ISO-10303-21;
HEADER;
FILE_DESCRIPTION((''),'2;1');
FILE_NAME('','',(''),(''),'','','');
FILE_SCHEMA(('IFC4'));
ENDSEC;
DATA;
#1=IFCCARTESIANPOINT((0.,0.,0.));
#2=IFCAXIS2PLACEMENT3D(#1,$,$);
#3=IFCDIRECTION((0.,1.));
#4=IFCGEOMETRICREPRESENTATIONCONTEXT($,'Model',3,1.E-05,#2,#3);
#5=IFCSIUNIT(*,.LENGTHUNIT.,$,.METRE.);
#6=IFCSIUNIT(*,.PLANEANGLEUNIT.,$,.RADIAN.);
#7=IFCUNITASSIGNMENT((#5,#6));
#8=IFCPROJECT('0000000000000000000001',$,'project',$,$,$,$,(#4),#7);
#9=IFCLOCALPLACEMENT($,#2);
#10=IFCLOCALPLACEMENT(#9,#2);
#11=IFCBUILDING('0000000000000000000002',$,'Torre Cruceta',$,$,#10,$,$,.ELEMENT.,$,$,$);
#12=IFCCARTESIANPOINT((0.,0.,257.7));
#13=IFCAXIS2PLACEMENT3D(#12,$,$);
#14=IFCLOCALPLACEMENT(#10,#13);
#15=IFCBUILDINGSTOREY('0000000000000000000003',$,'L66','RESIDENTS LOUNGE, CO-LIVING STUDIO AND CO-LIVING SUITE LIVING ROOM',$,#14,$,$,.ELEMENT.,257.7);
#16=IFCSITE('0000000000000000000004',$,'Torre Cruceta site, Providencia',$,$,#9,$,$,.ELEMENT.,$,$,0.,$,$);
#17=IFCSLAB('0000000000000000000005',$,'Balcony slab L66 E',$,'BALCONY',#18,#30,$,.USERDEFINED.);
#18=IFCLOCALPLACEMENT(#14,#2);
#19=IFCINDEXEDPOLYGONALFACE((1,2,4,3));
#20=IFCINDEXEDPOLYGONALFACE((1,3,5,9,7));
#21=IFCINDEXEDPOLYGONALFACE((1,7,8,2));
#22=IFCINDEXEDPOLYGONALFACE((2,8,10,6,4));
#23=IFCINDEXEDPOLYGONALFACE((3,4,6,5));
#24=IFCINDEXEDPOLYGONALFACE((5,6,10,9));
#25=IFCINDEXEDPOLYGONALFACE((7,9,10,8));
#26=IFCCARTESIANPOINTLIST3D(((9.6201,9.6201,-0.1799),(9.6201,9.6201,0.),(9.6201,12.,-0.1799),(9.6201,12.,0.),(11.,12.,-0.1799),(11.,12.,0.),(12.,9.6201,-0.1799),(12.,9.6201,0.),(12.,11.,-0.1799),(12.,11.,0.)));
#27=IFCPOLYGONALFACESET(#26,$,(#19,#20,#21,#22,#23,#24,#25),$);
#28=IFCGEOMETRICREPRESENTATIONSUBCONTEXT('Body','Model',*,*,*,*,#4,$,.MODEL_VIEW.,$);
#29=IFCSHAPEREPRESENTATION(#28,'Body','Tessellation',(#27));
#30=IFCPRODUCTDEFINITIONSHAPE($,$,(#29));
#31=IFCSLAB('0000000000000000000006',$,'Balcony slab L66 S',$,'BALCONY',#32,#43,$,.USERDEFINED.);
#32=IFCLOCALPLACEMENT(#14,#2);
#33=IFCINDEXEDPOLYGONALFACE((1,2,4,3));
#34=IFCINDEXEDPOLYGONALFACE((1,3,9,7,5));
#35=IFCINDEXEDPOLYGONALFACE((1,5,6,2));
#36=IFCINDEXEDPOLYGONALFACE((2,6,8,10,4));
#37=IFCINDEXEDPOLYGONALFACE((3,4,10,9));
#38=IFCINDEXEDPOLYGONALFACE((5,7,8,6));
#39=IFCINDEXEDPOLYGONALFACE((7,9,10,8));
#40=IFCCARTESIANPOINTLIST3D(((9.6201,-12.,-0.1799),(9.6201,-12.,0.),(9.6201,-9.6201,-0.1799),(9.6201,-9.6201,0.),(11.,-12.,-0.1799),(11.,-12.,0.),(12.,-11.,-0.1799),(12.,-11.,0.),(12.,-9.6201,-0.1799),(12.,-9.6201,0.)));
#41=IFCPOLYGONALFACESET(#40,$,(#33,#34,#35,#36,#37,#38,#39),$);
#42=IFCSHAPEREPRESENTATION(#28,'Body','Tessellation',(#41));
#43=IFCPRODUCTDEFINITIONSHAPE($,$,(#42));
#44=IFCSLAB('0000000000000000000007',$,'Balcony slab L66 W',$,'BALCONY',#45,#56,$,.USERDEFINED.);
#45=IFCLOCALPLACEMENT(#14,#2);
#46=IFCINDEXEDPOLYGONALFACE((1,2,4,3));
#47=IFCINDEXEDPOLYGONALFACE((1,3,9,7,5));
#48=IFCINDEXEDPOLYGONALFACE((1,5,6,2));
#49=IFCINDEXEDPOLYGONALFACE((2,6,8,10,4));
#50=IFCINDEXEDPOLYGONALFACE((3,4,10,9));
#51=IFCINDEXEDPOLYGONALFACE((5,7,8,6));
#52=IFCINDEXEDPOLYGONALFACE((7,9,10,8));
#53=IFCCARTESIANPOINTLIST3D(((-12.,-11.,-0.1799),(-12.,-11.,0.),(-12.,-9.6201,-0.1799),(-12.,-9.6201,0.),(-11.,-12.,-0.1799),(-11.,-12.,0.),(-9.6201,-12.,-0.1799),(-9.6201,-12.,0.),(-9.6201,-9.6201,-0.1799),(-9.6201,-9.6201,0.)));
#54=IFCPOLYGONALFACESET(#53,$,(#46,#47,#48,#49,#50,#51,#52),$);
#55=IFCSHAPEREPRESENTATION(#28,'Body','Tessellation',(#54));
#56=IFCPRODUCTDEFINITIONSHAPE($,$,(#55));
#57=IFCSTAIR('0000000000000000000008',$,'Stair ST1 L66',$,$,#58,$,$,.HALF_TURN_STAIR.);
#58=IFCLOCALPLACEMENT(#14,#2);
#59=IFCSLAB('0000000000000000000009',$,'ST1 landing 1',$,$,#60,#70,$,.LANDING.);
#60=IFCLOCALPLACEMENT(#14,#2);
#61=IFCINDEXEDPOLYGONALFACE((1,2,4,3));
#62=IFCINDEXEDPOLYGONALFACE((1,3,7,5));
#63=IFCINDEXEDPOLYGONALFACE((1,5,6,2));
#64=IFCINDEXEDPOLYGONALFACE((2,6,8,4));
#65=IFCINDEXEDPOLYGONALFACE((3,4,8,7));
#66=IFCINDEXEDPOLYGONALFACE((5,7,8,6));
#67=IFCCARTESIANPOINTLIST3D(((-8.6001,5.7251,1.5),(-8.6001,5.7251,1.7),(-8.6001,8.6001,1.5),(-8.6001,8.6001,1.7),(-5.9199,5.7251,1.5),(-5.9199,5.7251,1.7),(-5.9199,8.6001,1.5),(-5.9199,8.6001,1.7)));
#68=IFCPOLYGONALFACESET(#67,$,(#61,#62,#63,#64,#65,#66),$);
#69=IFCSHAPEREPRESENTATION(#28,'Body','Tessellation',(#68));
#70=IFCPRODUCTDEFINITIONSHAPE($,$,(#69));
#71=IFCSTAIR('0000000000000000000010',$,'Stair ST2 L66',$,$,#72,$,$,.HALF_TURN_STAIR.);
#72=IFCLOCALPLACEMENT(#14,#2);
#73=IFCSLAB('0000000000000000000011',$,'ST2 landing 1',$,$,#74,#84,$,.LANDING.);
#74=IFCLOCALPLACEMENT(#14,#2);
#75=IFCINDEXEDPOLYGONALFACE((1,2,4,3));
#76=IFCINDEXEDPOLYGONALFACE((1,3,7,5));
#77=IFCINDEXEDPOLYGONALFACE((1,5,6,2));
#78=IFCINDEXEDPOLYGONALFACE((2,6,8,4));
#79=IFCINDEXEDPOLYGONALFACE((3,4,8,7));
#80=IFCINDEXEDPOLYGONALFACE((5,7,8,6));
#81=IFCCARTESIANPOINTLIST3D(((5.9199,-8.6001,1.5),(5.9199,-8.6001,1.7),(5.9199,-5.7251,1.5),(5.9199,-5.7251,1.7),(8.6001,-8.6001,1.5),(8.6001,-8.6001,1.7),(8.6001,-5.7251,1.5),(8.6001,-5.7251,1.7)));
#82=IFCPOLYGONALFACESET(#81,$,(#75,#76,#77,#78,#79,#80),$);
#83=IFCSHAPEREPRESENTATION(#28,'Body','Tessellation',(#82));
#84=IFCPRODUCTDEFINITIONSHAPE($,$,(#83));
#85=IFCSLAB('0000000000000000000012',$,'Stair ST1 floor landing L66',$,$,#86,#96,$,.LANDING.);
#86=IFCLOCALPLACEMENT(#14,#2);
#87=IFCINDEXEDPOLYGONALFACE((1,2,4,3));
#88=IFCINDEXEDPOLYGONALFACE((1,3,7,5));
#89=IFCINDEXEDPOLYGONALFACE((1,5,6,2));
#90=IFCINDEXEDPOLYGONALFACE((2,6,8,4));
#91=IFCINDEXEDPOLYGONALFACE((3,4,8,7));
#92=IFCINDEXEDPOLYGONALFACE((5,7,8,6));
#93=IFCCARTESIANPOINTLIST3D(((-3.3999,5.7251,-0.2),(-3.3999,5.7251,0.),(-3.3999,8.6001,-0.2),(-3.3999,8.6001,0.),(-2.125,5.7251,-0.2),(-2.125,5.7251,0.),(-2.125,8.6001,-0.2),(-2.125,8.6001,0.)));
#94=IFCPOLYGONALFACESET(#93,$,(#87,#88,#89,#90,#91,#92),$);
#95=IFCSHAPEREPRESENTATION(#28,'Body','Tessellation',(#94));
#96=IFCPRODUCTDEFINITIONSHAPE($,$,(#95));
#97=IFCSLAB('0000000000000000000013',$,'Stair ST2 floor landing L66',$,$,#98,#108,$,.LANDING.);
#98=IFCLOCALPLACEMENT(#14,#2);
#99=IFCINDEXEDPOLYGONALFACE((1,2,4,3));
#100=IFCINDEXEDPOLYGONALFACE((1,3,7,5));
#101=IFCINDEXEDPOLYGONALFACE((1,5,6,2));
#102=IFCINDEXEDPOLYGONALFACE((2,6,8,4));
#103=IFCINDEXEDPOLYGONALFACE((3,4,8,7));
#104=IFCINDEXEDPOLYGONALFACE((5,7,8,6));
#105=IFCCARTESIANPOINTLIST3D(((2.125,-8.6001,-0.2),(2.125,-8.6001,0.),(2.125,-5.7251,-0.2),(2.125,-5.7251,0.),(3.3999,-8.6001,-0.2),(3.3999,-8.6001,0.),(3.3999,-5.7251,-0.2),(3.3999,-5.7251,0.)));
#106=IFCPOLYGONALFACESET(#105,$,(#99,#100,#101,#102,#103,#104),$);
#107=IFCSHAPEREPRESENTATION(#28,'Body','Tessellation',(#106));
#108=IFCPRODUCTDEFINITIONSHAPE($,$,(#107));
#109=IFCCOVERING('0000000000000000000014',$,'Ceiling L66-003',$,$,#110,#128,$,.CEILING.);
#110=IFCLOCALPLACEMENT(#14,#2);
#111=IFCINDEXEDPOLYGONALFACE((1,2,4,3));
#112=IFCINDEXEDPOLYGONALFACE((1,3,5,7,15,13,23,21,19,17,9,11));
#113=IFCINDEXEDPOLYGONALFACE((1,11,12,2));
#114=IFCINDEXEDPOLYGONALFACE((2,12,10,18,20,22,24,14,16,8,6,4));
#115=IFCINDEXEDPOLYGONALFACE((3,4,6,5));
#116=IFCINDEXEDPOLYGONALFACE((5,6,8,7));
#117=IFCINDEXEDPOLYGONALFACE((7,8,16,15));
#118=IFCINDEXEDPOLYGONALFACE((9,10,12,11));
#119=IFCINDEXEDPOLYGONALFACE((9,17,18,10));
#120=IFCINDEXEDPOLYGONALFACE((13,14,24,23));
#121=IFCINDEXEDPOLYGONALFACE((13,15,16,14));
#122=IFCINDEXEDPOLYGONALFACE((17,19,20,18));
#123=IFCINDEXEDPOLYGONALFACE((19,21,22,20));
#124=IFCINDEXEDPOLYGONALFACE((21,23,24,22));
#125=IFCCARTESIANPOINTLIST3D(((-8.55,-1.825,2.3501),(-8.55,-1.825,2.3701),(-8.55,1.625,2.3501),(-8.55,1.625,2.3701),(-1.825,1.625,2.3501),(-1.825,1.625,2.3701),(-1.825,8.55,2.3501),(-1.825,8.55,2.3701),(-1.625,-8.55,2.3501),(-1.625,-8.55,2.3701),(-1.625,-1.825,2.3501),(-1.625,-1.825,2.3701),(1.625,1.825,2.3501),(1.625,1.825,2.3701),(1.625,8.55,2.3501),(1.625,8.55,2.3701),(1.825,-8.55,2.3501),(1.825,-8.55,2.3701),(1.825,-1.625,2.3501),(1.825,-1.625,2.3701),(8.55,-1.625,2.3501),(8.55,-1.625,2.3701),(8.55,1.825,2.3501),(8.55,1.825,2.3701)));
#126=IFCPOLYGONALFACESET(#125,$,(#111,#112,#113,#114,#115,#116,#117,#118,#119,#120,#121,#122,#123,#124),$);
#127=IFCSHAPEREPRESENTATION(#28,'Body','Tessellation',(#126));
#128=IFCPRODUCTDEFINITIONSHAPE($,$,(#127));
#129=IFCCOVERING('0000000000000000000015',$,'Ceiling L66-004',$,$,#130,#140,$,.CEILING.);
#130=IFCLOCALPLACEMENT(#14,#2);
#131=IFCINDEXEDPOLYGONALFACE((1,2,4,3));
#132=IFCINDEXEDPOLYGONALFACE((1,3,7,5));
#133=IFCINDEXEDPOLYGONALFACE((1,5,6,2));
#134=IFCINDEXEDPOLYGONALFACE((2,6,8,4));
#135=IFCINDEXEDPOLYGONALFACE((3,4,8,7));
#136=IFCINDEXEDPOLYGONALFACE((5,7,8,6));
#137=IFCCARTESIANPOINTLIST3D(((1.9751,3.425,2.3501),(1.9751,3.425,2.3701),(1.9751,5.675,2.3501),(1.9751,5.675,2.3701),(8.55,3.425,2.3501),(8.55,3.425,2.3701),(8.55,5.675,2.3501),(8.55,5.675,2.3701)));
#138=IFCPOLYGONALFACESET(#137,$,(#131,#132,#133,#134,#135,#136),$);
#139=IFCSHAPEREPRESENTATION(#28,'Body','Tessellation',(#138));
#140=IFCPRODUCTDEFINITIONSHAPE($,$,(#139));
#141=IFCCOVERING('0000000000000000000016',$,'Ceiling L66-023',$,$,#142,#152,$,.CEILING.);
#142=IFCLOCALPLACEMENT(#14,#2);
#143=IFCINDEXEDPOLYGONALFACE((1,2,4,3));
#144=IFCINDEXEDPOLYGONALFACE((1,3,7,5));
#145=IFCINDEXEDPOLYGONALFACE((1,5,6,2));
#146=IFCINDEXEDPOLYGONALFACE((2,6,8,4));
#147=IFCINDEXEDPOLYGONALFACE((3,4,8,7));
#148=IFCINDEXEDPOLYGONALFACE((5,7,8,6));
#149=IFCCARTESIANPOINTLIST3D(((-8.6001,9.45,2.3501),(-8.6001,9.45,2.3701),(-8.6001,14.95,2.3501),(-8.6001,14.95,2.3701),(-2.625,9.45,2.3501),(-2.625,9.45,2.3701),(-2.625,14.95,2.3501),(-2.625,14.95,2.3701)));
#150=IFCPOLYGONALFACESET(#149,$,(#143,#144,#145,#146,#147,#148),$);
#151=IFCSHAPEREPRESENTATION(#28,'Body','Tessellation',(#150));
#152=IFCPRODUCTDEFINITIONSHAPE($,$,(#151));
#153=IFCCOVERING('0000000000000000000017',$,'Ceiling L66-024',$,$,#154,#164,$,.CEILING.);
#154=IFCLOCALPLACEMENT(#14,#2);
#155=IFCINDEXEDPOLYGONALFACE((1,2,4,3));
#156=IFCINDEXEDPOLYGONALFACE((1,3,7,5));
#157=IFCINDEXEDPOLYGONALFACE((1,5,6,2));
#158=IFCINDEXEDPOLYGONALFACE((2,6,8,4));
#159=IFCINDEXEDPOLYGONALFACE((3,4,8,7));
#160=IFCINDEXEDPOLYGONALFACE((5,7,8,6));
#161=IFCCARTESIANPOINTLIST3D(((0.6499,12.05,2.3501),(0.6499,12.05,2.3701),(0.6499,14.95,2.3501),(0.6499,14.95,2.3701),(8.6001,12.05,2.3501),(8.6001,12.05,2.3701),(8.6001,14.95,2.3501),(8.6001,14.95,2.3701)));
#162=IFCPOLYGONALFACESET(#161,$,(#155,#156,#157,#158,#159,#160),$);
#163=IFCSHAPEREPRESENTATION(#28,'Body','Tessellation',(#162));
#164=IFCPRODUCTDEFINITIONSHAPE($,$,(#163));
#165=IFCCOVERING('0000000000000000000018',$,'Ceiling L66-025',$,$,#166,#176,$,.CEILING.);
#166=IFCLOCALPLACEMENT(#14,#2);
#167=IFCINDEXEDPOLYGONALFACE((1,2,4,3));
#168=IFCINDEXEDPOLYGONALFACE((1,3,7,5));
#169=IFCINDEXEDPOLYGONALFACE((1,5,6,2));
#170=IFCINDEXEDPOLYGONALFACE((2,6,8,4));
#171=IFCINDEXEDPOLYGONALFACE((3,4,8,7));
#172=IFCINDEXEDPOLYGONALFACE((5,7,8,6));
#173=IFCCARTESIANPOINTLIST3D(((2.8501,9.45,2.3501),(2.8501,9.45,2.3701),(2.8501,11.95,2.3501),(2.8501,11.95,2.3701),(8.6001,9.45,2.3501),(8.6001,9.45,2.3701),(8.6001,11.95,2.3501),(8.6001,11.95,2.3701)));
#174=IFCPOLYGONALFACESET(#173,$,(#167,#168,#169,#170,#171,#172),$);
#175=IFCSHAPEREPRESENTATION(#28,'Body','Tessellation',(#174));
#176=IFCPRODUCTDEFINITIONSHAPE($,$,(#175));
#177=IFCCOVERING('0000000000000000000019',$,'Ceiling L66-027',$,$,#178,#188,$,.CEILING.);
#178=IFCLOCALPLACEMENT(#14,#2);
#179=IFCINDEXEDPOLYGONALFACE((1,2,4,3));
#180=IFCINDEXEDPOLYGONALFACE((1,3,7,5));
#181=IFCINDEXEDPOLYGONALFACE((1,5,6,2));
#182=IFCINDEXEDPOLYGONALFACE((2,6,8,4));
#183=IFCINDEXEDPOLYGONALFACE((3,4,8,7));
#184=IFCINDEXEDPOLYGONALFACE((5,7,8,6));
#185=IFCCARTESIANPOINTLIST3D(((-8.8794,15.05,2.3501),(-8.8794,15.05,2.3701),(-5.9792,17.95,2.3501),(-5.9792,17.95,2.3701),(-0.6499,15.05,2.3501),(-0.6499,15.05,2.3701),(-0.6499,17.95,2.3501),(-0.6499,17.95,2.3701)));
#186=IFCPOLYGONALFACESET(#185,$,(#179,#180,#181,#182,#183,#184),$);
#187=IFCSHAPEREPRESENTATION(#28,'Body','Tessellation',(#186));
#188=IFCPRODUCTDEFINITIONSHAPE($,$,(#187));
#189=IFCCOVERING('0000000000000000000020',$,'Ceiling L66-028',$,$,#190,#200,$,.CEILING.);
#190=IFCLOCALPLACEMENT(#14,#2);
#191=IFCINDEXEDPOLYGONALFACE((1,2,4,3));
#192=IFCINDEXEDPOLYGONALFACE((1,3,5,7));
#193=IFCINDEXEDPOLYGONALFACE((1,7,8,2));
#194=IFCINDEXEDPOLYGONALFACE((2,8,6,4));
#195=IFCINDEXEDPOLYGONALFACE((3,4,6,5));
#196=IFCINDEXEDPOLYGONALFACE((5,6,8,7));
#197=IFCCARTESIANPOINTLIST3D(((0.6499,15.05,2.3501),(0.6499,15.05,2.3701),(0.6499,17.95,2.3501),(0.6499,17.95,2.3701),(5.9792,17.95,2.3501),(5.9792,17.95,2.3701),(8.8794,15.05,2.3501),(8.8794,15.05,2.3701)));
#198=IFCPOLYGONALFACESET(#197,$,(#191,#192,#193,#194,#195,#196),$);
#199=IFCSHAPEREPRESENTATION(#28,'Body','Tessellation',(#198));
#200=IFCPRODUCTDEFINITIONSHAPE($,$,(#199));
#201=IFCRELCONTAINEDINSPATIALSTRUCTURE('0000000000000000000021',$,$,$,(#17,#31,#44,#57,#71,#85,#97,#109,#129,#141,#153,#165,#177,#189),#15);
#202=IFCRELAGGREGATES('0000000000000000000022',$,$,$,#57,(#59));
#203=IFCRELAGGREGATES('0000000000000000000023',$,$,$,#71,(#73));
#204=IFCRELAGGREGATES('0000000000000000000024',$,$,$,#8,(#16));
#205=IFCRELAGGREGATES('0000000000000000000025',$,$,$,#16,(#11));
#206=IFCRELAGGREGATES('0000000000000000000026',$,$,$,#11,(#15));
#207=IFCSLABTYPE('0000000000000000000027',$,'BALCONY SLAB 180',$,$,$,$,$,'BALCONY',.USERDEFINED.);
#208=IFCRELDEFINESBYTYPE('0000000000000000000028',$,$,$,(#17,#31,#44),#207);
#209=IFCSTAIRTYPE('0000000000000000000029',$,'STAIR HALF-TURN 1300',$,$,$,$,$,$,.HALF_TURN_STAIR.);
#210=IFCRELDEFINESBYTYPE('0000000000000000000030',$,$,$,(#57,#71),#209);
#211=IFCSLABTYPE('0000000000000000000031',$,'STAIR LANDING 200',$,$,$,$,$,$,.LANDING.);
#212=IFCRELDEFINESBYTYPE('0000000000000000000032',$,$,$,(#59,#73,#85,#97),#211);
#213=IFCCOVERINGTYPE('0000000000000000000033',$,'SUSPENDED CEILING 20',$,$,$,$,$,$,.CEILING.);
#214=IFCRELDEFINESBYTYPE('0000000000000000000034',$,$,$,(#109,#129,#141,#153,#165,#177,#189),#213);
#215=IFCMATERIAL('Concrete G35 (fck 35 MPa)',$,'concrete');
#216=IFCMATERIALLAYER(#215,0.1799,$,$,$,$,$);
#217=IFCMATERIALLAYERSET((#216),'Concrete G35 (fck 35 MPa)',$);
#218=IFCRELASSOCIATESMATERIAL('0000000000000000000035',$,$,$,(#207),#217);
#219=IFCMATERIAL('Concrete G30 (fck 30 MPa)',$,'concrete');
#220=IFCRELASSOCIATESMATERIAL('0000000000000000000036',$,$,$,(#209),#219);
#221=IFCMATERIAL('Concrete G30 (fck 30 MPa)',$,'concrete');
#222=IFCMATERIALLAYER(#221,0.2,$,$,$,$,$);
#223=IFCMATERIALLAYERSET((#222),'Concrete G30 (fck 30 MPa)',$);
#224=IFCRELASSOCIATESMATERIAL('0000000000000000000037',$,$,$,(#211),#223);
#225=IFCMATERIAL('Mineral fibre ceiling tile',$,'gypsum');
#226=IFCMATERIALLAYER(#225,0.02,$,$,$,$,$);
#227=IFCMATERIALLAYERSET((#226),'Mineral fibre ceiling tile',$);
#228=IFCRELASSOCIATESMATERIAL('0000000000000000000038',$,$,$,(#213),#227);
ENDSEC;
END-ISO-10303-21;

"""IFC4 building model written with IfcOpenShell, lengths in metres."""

from ifc_helpers import new_model, si_unit, direction, frame, origin, place, context, subcontext, project, spatial, polyline, outline, extrude, material, layer, layer_set, type_object, element, aggregate, save


model = new_model("IFC4")

# Units and contexts
model_context = context("Model", 3, precision=1e-05, world=origin(), true_north=direction((0.0, 1.0)))
body_context = subcontext(model_context, "Body", "Model", "MODEL_VIEW")
ifc_project = project(units=[si_unit("LENGTHUNIT", "METRE"), si_unit("PLANEANGLEUNIT", "RADIAN")], contexts=[model_context])

# Site, building, storey
site_placement = place(None, origin())
site = spatial("IfcSite", under=ifc_project, at=site_placement, Name="Torre Cruceta site, Providencia", CompositionType="ELEMENT", RefElevation=0.0)
building_placement = place(site_placement, origin())
building = spatial("IfcBuilding", under=site, at=building_placement, Name="Torre Cruceta", CompositionType="ELEMENT")
storey_placement = place(building_placement, frame((0.0, 0.0, 257.7)))
storey = spatial("IfcBuildingStorey", under=building, at=storey_placement, Name="L66", Description="RESIDENTS LOUNGE, CO-LIVING STUDIO AND CO-LIVING SUITE LIVING ROOM", CompositionType="ELEMENT", Elevation=257.7)

# Slabs
ifc_material_1 = material(Name="Concrete G35 (fck 35 MPa)", Category="concrete")
ifc_layer_1 = layer(ifc_material_1, 0.1799)
ifc_layer_set_1 = layer_set([ifc_layer_1], Name="Concrete G35 (fck 35 MPa)")
slab_type_1 = type_object("IfcSlabType", Name="BALCONY SLAB 180", ElementType="BALCONY", PredefinedType="USERDEFINED", material=ifc_layer_set_1)
slab_1_placement = place(storey_placement, frame((0.0, 0.0, -0.1799)))
element("IfcSlab", 1, at=slab_1_placement, inside=storey, type_object=slab_type_1, Name="Balcony slab L66 E", ObjectType="BALCONY", PredefinedType="USERDEFINED", context=body_context, shape_type="SweptSolid", body=[
    extrude(outline(polyline([(11.0, 12.0), (12.0, 11.0), (12.0, 9.6201), (9.6201, 9.6201), (9.6201, 12.0), (11.0, 12.0)])), origin(), (0.0, 0.0, 1.0), 0.1799),
])
slab_2_placement = place(storey_placement, frame((0.0, 0.0, -0.1799)))
element("IfcSlab", 2, at=slab_2_placement, inside=storey, type_object=slab_type_1, Name="Balcony slab L66 S", ObjectType="BALCONY", PredefinedType="USERDEFINED", context=body_context, shape_type="SweptSolid", body=[
    extrude(outline(polyline([(12.0, -11.0), (11.0, -12.0), (9.6201, -12.0), (9.6201, -9.6201), (12.0, -9.6201), (12.0, -11.0)])), origin(), (0.0, 0.0, 1.0), 0.1799),
])
slab_3_placement = place(storey_placement, frame((0.0, 0.0, -0.1799)))
element("IfcSlab", 3, at=slab_3_placement, inside=storey, type_object=slab_type_1, Name="Balcony slab L66 W", ObjectType="BALCONY", PredefinedType="USERDEFINED", context=body_context, shape_type="SweptSolid", body=[
    extrude(outline(polyline([(-11.0, -12.0), (-12.0, -11.0), (-12.0, -9.6201), (-9.6201, -9.6201), (-9.6201, -12.0), (-11.0, -12.0)])), origin(), (0.0, 0.0, 1.0), 0.1799),
])

# Stairs, slabs
ifc_material_2 = material(Name="Concrete G30 (fck 30 MPa)", Category="concrete")
stair_type = type_object("IfcStairType", Name="STAIR HALF-TURN 1300", PredefinedType="HALF_TURN_STAIR", material=ifc_material_2)
stair_1_placement = place(storey_placement, origin())
stair_1 = element("IfcStair", 4, at=stair_1_placement, inside=storey, type_object=stair_type, Name="Stair ST1 L66", PredefinedType="HALF_TURN_STAIR")
ifc_material_3 = material(Name="Concrete G30 (fck 30 MPa)", Category="concrete")
ifc_layer_2 = layer(ifc_material_3, 0.2)
ifc_layer_set_2 = layer_set([ifc_layer_2], Name="Concrete G30 (fck 30 MPa)")
slab_type_2 = type_object("IfcSlabType", Name="STAIR LANDING 200", PredefinedType="LANDING", material=ifc_layer_set_2)
slab_4_placement = place(storey_placement, frame((0.0, 0.0, 1.5)))
slab_4 = element("IfcSlab", 5, at=slab_4_placement, type_object=slab_type_2, Name="ST1 landing 1", PredefinedType="LANDING", context=body_context, shape_type="SweptSolid", body=[
    extrude(outline(polyline([(-8.6001, 5.7251), (-5.9199, 5.7251), (-5.9199, 8.6001), (-8.6001, 8.6001), (-8.6001, 5.7251)])), origin(), (0.0, 0.0, 1.0), 0.2),
])
aggregate(stair_1, [slab_4])
stair_2_placement = place(storey_placement, origin())
stair_2 = element("IfcStair", 6, at=stair_2_placement, inside=storey, type_object=stair_type, Name="Stair ST2 L66", PredefinedType="HALF_TURN_STAIR")
slab_5_placement = place(storey_placement, frame((0.0, 0.0, 1.5)))
slab_5 = element("IfcSlab", 7, at=slab_5_placement, type_object=slab_type_2, Name="ST2 landing 1", PredefinedType="LANDING", context=body_context, shape_type="SweptSolid", body=[
    extrude(outline(polyline([(5.9199, -8.6001), (8.6001, -8.6001), (8.6001, -5.7251), (5.9199, -5.7251), (5.9199, -8.6001)])), origin(), (0.0, 0.0, 1.0), 0.2),
])
aggregate(stair_2, [slab_5])

# Slabs
slab_6_placement = place(storey_placement, frame((0.0, 0.0, -0.2)))
element("IfcSlab", 8, at=slab_6_placement, inside=storey, type_object=slab_type_2, Name="Stair ST1 floor landing L66", PredefinedType="LANDING", context=body_context, shape_type="SweptSolid", body=[
    extrude(outline(polyline([(-2.125, 8.6001), (-2.125, 5.7251), (-3.3999, 5.7251), (-3.3999, 8.6001), (-2.125, 8.6001)])), origin(), (0.0, 0.0, 1.0), 0.2),
])
slab_7_placement = place(storey_placement, frame((0.0, 0.0, -0.2)))
element("IfcSlab", 9, at=slab_7_placement, inside=storey, type_object=slab_type_2, Name="Stair ST2 floor landing L66", PredefinedType="LANDING", context=body_context, shape_type="SweptSolid", body=[
    extrude(outline(polyline([(2.125, -8.6001), (2.125, -5.7251), (3.3999, -5.7251), (3.3999, -8.6001), (2.125, -8.6001)])), origin(), (0.0, 0.0, 1.0), 0.2),
])

# Coverings
ifc_material_4 = material(Name="Mineral fibre ceiling tile", Category="gypsum")
ifc_layer_3 = layer(ifc_material_4, 0.02)
ifc_layer_set_3 = layer_set([ifc_layer_3], Name="Mineral fibre ceiling tile")
covering_type = type_object("IfcCoveringType", Name="SUSPENDED CEILING 20", PredefinedType="CEILING", material=ifc_layer_set_3)
covering_1_placement = place(storey_placement, frame((0.0, 0.0, 2.3501)))
element("IfcCovering", 10, at=covering_1_placement, inside=storey, type_object=covering_type, Name="Ceiling L66-003", PredefinedType="CEILING", context=body_context, shape_type="SweptSolid", body=[
    extrude(outline(polyline([(-1.625, -8.55), (-1.625, -1.825), (-8.55, -1.825), (-8.55, 1.625), (-1.825, 1.625), (-1.825, 8.55), (1.625, 8.55), (1.625, 1.825), (8.55, 1.825), (8.55, -1.625), (1.825, -1.625), (1.825, -8.55), (-1.625, -8.55)])), origin(), (0.0, 0.0, 1.0), 0.02),
])
covering_2_placement = place(storey_placement, frame((0.0, 0.0, 2.3501)))
element("IfcCovering", 11, at=covering_2_placement, inside=storey, type_object=covering_type, Name="Ceiling L66-004", PredefinedType="CEILING", context=body_context, shape_type="SweptSolid", body=[
    extrude(outline(polyline([(1.9751, 3.425), (1.9751, 5.675), (8.55, 5.675), (8.55, 3.425), (1.9751, 3.425)])), origin(), (0.0, 0.0, 1.0), 0.02),
])
covering_3_placement = place(storey_placement, frame((0.0, 0.0, 2.3501)))
element("IfcCovering", 12, at=covering_3_placement, inside=storey, type_object=covering_type, Name="Ceiling L66-023", PredefinedType="CEILING", context=body_context, shape_type="SweptSolid", body=[
    extrude(outline(polyline([(-2.625, 9.45), (-8.6001, 9.45), (-8.6001, 14.95), (-2.625, 14.95), (-2.625, 9.45)])), origin(), (0.0, 0.0, 1.0), 0.02),
])
covering_4_placement = place(storey_placement, frame((0.0, 0.0, 2.3501)))
element("IfcCovering", 13, at=covering_4_placement, inside=storey, type_object=covering_type, Name="Ceiling L66-024", PredefinedType="CEILING", context=body_context, shape_type="SweptSolid", body=[
    extrude(outline(polyline([(8.6001, 14.95), (8.6001, 12.05), (0.6499, 12.05), (0.6499, 14.95), (8.6001, 14.95)])), origin(), (0.0, 0.0, 1.0), 0.02),
])
covering_5_placement = place(storey_placement, frame((0.0, 0.0, 2.3501)))
element("IfcCovering", 14, at=covering_5_placement, inside=storey, type_object=covering_type, Name="Ceiling L66-025", PredefinedType="CEILING", context=body_context, shape_type="SweptSolid", body=[
    extrude(outline(polyline([(8.6001, 9.45), (2.8501, 9.45), (2.8501, 11.95), (8.6001, 11.95), (8.6001, 9.45)])), origin(), (0.0, 0.0, 1.0), 0.02),
])
covering_6_placement = place(storey_placement, frame((0.0, 0.0, 2.3501)))
element("IfcCovering", 15, at=covering_6_placement, inside=storey, type_object=covering_type, Name="Ceiling L66-027", PredefinedType="CEILING", context=body_context, shape_type="SweptSolid", body=[
    extrude(outline(polyline([(-5.9792, 17.95), (-0.6499, 17.95), (-0.6499, 15.05), (-8.8794, 15.05), (-5.9792, 17.95)])), origin(), (0.0, 0.0, 1.0), 0.02),
])
covering_7_placement = place(storey_placement, frame((0.0, 0.0, 2.3501)))
element("IfcCovering", 16, at=covering_7_placement, inside=storey, type_object=covering_type, Name="Ceiling L66-028", PredefinedType="CEILING", context=body_context, shape_type="SweptSolid", body=[
    extrude(outline(polyline([(8.8794, 15.05), (0.6499, 15.05), (0.6499, 17.95), (5.9792, 17.95), (8.8794, 15.05)])), origin(), (0.0, 0.0, 1.0), 0.02),
])

save(model, "model.ifc")
